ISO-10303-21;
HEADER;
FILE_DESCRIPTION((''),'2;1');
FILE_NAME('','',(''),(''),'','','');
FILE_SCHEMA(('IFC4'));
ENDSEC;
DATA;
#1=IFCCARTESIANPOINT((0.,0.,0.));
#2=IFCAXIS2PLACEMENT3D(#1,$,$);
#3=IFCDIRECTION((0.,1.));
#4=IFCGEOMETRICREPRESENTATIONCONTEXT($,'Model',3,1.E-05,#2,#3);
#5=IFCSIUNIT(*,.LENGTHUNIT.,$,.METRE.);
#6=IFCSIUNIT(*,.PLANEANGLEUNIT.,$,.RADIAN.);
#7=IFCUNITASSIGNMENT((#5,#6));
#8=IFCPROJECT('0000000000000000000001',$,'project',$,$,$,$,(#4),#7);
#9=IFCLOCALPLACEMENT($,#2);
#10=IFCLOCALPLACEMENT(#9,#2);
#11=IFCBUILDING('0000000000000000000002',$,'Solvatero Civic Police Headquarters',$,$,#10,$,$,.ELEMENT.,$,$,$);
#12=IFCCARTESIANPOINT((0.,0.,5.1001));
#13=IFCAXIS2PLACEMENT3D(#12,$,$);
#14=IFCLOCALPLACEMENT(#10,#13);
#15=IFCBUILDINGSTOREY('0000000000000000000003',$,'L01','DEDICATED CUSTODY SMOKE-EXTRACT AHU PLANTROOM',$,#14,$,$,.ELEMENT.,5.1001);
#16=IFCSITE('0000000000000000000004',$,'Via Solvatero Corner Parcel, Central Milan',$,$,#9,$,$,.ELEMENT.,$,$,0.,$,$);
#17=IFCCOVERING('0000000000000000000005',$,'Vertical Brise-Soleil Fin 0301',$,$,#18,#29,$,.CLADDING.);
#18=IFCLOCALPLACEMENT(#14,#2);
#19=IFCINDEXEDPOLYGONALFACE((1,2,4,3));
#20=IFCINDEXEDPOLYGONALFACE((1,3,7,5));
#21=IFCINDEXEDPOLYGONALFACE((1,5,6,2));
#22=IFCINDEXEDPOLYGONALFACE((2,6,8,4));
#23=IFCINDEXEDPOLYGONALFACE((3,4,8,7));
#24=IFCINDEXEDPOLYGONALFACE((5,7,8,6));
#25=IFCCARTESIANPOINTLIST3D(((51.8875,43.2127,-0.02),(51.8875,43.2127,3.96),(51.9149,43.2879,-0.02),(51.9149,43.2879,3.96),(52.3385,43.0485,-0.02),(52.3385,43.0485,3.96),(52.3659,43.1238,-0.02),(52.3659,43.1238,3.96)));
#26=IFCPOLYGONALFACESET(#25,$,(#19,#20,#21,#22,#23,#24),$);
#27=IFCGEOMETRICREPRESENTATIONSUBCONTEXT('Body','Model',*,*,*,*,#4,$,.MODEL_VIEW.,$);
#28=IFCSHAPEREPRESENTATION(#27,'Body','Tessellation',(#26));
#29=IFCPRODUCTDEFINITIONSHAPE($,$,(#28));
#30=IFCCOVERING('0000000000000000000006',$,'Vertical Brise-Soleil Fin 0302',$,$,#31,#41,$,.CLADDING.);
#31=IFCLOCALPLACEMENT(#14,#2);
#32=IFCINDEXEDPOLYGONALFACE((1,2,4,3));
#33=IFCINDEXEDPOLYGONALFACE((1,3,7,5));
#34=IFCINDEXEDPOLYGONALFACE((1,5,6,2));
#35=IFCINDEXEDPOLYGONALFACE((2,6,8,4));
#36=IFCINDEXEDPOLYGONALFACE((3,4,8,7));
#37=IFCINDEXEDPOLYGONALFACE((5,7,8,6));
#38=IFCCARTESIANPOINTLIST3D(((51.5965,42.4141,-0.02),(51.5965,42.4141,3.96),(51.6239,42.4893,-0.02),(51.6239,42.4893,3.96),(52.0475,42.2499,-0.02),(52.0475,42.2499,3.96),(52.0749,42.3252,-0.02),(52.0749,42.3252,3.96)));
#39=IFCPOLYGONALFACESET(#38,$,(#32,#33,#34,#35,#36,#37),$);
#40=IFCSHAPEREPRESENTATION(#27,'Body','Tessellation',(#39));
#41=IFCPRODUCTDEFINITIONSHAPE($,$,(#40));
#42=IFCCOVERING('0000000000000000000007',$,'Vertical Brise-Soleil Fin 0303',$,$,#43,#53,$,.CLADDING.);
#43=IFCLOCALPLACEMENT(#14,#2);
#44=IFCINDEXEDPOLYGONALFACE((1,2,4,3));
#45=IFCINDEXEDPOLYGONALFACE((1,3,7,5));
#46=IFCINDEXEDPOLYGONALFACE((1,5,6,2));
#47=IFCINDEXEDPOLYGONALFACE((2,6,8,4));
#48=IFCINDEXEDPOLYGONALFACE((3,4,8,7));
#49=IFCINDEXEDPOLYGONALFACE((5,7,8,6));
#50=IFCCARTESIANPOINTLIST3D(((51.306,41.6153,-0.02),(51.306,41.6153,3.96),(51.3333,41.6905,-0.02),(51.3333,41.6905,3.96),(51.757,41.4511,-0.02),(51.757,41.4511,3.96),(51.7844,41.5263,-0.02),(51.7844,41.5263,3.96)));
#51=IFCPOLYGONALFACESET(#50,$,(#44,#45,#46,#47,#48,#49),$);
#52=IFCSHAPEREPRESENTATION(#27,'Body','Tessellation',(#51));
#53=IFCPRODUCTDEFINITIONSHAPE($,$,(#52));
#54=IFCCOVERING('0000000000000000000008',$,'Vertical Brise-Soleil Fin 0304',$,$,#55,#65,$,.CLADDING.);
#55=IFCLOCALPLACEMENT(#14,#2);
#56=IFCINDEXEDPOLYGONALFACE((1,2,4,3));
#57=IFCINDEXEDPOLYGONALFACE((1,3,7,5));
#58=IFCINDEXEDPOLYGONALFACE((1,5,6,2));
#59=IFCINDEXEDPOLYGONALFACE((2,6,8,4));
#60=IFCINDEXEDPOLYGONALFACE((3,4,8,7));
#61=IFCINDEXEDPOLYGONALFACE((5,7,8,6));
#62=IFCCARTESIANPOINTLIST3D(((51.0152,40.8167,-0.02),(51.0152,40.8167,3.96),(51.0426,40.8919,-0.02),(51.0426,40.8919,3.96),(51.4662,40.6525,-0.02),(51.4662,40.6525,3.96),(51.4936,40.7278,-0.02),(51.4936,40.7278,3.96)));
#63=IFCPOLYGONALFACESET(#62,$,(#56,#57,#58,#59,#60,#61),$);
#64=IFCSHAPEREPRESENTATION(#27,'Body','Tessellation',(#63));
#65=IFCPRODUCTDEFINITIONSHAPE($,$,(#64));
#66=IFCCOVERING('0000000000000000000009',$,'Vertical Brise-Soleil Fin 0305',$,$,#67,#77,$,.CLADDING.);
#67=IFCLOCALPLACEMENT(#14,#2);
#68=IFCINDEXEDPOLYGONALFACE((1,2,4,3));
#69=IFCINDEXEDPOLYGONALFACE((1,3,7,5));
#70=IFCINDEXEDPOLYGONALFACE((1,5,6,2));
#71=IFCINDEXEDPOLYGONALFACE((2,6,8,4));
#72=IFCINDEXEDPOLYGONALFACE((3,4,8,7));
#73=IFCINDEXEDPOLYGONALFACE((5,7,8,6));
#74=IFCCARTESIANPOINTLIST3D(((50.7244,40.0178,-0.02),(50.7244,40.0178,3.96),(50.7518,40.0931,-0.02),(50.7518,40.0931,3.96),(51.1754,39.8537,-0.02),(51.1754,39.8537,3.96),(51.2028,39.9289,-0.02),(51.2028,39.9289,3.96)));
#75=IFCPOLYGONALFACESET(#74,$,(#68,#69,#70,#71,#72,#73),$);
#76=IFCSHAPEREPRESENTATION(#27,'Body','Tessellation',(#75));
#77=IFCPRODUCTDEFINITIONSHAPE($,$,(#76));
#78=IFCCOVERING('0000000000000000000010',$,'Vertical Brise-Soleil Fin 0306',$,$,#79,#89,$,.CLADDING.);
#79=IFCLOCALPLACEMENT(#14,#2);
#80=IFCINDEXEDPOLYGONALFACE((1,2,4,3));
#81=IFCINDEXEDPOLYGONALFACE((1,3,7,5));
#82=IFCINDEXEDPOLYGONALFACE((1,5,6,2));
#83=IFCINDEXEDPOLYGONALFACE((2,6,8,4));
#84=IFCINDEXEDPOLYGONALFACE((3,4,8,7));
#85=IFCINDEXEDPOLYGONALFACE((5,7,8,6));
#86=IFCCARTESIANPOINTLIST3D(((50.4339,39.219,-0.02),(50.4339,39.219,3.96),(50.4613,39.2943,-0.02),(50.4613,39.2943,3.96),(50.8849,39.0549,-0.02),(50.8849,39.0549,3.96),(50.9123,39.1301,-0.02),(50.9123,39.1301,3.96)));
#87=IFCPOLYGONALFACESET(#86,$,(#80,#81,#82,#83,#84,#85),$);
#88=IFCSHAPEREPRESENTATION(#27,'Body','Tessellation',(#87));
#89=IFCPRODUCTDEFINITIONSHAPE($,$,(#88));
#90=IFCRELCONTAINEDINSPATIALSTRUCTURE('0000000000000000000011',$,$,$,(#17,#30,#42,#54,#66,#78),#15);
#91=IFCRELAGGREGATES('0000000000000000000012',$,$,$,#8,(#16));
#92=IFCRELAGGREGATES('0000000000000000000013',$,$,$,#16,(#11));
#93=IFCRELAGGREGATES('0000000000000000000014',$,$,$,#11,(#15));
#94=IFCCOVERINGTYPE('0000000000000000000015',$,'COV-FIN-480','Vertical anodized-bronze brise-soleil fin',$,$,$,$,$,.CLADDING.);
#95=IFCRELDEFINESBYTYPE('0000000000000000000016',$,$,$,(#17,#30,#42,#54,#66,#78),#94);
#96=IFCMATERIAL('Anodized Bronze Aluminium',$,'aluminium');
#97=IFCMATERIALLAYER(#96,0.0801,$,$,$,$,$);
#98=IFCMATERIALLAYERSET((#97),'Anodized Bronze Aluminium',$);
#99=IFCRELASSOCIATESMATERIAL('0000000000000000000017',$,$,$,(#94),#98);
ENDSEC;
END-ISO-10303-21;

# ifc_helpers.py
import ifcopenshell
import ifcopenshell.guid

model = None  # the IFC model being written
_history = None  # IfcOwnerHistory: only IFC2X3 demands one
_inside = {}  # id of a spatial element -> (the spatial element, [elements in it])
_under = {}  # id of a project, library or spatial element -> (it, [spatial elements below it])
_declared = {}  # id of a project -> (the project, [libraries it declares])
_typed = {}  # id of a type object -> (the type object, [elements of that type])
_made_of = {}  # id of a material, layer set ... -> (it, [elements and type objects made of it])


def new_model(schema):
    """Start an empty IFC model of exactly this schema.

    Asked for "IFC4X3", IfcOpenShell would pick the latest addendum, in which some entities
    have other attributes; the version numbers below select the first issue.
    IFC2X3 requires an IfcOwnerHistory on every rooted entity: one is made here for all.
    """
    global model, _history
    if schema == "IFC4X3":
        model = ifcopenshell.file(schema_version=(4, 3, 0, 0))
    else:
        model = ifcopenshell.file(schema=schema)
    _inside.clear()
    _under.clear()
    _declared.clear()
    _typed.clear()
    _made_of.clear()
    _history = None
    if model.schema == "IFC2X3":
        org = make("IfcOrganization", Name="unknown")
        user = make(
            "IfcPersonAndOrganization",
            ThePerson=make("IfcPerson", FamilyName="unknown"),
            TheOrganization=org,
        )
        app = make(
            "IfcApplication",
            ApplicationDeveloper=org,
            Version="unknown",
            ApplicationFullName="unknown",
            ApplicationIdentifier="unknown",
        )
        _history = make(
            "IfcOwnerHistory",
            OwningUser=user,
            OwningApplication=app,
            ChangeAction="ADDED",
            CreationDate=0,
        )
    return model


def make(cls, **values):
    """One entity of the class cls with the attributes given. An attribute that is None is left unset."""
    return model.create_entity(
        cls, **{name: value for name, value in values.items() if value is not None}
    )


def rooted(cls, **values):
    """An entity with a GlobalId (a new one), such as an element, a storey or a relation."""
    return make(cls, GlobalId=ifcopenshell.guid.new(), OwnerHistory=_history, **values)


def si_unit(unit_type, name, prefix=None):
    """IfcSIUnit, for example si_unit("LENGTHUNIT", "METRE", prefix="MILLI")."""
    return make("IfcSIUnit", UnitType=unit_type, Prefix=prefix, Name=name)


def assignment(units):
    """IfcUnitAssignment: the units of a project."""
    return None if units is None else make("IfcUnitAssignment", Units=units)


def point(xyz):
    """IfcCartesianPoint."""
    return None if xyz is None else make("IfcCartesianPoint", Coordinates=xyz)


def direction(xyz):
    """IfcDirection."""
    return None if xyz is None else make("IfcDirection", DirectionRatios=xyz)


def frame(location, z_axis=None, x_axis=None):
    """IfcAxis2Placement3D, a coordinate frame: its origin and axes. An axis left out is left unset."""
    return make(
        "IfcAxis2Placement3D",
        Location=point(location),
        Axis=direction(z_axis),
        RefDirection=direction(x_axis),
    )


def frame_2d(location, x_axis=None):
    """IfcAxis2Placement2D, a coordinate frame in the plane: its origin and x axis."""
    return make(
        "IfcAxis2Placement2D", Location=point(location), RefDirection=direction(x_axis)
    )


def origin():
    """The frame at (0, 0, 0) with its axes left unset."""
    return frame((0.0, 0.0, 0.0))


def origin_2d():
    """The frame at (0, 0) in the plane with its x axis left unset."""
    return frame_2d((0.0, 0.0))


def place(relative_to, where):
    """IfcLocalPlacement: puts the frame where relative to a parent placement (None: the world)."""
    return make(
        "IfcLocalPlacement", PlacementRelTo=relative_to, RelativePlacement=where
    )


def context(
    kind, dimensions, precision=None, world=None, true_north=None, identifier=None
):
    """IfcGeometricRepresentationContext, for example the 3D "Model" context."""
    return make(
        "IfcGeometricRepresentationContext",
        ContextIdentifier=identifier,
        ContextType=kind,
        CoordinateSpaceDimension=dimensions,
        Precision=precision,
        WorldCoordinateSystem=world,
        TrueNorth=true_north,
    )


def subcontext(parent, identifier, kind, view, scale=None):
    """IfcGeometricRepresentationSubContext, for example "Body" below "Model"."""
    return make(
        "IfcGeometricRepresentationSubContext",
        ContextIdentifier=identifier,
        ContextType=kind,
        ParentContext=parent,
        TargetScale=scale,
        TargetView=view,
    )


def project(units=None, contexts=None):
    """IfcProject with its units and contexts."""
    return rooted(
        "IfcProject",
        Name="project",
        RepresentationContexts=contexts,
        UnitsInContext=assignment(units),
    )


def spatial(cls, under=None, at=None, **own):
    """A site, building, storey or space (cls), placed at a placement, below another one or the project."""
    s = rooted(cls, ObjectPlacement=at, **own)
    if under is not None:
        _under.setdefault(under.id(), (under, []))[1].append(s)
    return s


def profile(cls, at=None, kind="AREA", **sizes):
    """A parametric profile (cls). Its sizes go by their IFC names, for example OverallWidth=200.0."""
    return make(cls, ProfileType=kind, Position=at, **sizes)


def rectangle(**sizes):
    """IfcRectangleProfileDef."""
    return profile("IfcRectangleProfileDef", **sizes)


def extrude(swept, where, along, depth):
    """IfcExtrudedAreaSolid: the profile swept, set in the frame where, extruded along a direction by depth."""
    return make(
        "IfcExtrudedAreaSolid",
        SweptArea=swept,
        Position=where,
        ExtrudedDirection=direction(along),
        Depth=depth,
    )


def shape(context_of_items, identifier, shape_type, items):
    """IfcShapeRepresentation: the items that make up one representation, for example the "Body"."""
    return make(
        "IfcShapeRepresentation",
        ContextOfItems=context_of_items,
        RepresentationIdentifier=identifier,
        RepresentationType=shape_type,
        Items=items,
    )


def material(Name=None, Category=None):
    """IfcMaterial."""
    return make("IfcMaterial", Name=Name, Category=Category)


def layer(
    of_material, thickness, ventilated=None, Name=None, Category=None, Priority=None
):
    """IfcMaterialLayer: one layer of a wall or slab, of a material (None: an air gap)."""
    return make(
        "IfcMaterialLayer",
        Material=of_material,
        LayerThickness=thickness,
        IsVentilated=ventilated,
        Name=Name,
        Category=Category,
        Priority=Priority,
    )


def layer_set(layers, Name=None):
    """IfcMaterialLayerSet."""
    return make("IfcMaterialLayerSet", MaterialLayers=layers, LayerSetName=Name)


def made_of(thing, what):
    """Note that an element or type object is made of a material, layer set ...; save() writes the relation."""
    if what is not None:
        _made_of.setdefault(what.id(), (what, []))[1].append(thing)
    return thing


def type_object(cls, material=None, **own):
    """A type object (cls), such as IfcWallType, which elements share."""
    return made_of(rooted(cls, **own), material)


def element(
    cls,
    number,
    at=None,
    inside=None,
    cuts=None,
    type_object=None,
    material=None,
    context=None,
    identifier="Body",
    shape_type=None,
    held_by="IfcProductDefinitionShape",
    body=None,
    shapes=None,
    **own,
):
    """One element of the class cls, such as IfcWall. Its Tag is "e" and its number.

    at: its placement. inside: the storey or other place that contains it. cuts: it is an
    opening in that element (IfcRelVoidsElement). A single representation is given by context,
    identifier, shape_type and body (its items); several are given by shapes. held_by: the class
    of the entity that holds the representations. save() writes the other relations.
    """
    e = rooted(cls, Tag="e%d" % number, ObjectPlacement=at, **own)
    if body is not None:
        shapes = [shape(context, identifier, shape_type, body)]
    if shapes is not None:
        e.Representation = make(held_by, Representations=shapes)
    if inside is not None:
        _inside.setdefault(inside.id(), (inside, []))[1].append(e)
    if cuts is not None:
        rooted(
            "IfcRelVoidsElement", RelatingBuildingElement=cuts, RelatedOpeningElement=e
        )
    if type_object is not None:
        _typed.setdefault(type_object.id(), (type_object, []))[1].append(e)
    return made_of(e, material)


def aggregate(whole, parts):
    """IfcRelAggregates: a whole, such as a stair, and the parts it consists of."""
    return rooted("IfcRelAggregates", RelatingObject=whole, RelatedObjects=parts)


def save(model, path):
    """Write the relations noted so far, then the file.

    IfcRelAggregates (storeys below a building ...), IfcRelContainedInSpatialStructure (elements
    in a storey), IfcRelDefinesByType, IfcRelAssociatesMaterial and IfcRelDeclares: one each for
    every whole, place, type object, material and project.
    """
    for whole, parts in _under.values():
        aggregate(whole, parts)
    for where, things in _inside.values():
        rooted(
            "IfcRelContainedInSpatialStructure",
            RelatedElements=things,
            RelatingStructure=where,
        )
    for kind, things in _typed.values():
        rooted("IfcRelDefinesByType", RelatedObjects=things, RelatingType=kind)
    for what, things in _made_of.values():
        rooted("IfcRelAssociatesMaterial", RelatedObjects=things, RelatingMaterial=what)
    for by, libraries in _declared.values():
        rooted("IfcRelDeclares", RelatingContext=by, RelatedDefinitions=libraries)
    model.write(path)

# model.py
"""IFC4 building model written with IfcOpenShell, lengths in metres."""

from ifc_helpers import new_model, si_unit, direction, frame, origin, origin_2d, place, context, subcontext, project, spatial, rectangle, extrude, material, layer, layer_set, type_object, element, save


model = new_model("IFC4")

# Units and contexts
model_context = context("Model", 3, precision=1e-05, world=origin(), true_north=direction((0.0, 1.0)))
body_context = subcontext(model_context, "Body", "Model", "MODEL_VIEW")
ifc_project = project(units=[si_unit("LENGTHUNIT", "METRE"), si_unit("PLANEANGLEUNIT", "RADIAN")], contexts=[model_context])

# Site, building, storey
site_placement = place(None, origin())
site = spatial("IfcSite", under=ifc_project, at=site_placement, Name="Via Solvatero Corner Parcel, Central Milan", CompositionType="ELEMENT", RefElevation=0.0)
building_placement = place(site_placement, origin())
building = spatial("IfcBuilding", under=site, at=building_placement, Name="Solvatero Civic Police Headquarters", CompositionType="ELEMENT")
storey_placement = place(building_placement, frame((0.0, 0.0, 5.1001)))
storey = spatial("IfcBuildingStorey", under=building, at=storey_placement, Name="L01", Description="DEDICATED CUSTODY SMOKE-EXTRACT AHU PLANTROOM", CompositionType="ELEMENT", Elevation=5.1001)

# Shared definitions
ifc_material_1 = material(Name="Anodized Bronze Aluminium", Category="aluminium")

# Coverings
ifc_layer_1 = layer(ifc_material_1, 0.0801)
ifc_layer_set_1 = layer_set([ifc_layer_1], Name="Anodized Bronze Aluminium")
covering_type = type_object("IfcCoveringType", Name="COV-FIN-480", Description="Vertical anodized-bronze brise-soleil fin", PredefinedType="CLADDING", material=ifc_layer_set_1)
for number, where, z_axis, x_axis, name in (
    (1, (52.1267, 43.1682, -0.02), (0.0, 0.0, 1.0), (-0.34202, -0.939693, 0.0), "Vertical Brise-Soleil Fin 0301"),
    (2, (51.8357, 42.3696, -0.02), (0.0, 0.0, 1.0), (-0.34202, -0.939693, 0.0), "Vertical Brise-Soleil Fin 0302"),
    (3, (51.5452, 41.5708, -0.02), (0.0, 0.0, 1.0), (-0.34202, -0.939693, 0.0), "Vertical Brise-Soleil Fin 0303"),
    (4, (51.2544, 40.7722, -0.02), (0.0, 0.0, 1.0), (-0.34202, -0.939693, 0.0), "Vertical Brise-Soleil Fin 0304"),
    (5, (50.9636, 39.9734, -0.02), (0.0, 0.0, 1.0), (-0.34202, -0.939693, 0.0), "Vertical Brise-Soleil Fin 0305"),
    (6, (50.6731, 39.1746, -0.02), (0.0, 0.0, 1.0), (-0.34202, -0.939693, 0.0), "Vertical Brise-Soleil Fin 0306"),
):
    element("IfcCovering", number, at=place(storey_placement, frame(where, z_axis=z_axis, x_axis=x_axis)), inside=storey, type_object=covering_type, Name=name, PredefinedType="CLADDING", context=body_context, shape_type="SweptSolid", body=[
        extrude(rectangle(XDim=0.0801, YDim=0.48, at=origin_2d()), origin(), (0.0, 0.0, 1.0), 3.98),
    ])

save(model, "model.ifc")
